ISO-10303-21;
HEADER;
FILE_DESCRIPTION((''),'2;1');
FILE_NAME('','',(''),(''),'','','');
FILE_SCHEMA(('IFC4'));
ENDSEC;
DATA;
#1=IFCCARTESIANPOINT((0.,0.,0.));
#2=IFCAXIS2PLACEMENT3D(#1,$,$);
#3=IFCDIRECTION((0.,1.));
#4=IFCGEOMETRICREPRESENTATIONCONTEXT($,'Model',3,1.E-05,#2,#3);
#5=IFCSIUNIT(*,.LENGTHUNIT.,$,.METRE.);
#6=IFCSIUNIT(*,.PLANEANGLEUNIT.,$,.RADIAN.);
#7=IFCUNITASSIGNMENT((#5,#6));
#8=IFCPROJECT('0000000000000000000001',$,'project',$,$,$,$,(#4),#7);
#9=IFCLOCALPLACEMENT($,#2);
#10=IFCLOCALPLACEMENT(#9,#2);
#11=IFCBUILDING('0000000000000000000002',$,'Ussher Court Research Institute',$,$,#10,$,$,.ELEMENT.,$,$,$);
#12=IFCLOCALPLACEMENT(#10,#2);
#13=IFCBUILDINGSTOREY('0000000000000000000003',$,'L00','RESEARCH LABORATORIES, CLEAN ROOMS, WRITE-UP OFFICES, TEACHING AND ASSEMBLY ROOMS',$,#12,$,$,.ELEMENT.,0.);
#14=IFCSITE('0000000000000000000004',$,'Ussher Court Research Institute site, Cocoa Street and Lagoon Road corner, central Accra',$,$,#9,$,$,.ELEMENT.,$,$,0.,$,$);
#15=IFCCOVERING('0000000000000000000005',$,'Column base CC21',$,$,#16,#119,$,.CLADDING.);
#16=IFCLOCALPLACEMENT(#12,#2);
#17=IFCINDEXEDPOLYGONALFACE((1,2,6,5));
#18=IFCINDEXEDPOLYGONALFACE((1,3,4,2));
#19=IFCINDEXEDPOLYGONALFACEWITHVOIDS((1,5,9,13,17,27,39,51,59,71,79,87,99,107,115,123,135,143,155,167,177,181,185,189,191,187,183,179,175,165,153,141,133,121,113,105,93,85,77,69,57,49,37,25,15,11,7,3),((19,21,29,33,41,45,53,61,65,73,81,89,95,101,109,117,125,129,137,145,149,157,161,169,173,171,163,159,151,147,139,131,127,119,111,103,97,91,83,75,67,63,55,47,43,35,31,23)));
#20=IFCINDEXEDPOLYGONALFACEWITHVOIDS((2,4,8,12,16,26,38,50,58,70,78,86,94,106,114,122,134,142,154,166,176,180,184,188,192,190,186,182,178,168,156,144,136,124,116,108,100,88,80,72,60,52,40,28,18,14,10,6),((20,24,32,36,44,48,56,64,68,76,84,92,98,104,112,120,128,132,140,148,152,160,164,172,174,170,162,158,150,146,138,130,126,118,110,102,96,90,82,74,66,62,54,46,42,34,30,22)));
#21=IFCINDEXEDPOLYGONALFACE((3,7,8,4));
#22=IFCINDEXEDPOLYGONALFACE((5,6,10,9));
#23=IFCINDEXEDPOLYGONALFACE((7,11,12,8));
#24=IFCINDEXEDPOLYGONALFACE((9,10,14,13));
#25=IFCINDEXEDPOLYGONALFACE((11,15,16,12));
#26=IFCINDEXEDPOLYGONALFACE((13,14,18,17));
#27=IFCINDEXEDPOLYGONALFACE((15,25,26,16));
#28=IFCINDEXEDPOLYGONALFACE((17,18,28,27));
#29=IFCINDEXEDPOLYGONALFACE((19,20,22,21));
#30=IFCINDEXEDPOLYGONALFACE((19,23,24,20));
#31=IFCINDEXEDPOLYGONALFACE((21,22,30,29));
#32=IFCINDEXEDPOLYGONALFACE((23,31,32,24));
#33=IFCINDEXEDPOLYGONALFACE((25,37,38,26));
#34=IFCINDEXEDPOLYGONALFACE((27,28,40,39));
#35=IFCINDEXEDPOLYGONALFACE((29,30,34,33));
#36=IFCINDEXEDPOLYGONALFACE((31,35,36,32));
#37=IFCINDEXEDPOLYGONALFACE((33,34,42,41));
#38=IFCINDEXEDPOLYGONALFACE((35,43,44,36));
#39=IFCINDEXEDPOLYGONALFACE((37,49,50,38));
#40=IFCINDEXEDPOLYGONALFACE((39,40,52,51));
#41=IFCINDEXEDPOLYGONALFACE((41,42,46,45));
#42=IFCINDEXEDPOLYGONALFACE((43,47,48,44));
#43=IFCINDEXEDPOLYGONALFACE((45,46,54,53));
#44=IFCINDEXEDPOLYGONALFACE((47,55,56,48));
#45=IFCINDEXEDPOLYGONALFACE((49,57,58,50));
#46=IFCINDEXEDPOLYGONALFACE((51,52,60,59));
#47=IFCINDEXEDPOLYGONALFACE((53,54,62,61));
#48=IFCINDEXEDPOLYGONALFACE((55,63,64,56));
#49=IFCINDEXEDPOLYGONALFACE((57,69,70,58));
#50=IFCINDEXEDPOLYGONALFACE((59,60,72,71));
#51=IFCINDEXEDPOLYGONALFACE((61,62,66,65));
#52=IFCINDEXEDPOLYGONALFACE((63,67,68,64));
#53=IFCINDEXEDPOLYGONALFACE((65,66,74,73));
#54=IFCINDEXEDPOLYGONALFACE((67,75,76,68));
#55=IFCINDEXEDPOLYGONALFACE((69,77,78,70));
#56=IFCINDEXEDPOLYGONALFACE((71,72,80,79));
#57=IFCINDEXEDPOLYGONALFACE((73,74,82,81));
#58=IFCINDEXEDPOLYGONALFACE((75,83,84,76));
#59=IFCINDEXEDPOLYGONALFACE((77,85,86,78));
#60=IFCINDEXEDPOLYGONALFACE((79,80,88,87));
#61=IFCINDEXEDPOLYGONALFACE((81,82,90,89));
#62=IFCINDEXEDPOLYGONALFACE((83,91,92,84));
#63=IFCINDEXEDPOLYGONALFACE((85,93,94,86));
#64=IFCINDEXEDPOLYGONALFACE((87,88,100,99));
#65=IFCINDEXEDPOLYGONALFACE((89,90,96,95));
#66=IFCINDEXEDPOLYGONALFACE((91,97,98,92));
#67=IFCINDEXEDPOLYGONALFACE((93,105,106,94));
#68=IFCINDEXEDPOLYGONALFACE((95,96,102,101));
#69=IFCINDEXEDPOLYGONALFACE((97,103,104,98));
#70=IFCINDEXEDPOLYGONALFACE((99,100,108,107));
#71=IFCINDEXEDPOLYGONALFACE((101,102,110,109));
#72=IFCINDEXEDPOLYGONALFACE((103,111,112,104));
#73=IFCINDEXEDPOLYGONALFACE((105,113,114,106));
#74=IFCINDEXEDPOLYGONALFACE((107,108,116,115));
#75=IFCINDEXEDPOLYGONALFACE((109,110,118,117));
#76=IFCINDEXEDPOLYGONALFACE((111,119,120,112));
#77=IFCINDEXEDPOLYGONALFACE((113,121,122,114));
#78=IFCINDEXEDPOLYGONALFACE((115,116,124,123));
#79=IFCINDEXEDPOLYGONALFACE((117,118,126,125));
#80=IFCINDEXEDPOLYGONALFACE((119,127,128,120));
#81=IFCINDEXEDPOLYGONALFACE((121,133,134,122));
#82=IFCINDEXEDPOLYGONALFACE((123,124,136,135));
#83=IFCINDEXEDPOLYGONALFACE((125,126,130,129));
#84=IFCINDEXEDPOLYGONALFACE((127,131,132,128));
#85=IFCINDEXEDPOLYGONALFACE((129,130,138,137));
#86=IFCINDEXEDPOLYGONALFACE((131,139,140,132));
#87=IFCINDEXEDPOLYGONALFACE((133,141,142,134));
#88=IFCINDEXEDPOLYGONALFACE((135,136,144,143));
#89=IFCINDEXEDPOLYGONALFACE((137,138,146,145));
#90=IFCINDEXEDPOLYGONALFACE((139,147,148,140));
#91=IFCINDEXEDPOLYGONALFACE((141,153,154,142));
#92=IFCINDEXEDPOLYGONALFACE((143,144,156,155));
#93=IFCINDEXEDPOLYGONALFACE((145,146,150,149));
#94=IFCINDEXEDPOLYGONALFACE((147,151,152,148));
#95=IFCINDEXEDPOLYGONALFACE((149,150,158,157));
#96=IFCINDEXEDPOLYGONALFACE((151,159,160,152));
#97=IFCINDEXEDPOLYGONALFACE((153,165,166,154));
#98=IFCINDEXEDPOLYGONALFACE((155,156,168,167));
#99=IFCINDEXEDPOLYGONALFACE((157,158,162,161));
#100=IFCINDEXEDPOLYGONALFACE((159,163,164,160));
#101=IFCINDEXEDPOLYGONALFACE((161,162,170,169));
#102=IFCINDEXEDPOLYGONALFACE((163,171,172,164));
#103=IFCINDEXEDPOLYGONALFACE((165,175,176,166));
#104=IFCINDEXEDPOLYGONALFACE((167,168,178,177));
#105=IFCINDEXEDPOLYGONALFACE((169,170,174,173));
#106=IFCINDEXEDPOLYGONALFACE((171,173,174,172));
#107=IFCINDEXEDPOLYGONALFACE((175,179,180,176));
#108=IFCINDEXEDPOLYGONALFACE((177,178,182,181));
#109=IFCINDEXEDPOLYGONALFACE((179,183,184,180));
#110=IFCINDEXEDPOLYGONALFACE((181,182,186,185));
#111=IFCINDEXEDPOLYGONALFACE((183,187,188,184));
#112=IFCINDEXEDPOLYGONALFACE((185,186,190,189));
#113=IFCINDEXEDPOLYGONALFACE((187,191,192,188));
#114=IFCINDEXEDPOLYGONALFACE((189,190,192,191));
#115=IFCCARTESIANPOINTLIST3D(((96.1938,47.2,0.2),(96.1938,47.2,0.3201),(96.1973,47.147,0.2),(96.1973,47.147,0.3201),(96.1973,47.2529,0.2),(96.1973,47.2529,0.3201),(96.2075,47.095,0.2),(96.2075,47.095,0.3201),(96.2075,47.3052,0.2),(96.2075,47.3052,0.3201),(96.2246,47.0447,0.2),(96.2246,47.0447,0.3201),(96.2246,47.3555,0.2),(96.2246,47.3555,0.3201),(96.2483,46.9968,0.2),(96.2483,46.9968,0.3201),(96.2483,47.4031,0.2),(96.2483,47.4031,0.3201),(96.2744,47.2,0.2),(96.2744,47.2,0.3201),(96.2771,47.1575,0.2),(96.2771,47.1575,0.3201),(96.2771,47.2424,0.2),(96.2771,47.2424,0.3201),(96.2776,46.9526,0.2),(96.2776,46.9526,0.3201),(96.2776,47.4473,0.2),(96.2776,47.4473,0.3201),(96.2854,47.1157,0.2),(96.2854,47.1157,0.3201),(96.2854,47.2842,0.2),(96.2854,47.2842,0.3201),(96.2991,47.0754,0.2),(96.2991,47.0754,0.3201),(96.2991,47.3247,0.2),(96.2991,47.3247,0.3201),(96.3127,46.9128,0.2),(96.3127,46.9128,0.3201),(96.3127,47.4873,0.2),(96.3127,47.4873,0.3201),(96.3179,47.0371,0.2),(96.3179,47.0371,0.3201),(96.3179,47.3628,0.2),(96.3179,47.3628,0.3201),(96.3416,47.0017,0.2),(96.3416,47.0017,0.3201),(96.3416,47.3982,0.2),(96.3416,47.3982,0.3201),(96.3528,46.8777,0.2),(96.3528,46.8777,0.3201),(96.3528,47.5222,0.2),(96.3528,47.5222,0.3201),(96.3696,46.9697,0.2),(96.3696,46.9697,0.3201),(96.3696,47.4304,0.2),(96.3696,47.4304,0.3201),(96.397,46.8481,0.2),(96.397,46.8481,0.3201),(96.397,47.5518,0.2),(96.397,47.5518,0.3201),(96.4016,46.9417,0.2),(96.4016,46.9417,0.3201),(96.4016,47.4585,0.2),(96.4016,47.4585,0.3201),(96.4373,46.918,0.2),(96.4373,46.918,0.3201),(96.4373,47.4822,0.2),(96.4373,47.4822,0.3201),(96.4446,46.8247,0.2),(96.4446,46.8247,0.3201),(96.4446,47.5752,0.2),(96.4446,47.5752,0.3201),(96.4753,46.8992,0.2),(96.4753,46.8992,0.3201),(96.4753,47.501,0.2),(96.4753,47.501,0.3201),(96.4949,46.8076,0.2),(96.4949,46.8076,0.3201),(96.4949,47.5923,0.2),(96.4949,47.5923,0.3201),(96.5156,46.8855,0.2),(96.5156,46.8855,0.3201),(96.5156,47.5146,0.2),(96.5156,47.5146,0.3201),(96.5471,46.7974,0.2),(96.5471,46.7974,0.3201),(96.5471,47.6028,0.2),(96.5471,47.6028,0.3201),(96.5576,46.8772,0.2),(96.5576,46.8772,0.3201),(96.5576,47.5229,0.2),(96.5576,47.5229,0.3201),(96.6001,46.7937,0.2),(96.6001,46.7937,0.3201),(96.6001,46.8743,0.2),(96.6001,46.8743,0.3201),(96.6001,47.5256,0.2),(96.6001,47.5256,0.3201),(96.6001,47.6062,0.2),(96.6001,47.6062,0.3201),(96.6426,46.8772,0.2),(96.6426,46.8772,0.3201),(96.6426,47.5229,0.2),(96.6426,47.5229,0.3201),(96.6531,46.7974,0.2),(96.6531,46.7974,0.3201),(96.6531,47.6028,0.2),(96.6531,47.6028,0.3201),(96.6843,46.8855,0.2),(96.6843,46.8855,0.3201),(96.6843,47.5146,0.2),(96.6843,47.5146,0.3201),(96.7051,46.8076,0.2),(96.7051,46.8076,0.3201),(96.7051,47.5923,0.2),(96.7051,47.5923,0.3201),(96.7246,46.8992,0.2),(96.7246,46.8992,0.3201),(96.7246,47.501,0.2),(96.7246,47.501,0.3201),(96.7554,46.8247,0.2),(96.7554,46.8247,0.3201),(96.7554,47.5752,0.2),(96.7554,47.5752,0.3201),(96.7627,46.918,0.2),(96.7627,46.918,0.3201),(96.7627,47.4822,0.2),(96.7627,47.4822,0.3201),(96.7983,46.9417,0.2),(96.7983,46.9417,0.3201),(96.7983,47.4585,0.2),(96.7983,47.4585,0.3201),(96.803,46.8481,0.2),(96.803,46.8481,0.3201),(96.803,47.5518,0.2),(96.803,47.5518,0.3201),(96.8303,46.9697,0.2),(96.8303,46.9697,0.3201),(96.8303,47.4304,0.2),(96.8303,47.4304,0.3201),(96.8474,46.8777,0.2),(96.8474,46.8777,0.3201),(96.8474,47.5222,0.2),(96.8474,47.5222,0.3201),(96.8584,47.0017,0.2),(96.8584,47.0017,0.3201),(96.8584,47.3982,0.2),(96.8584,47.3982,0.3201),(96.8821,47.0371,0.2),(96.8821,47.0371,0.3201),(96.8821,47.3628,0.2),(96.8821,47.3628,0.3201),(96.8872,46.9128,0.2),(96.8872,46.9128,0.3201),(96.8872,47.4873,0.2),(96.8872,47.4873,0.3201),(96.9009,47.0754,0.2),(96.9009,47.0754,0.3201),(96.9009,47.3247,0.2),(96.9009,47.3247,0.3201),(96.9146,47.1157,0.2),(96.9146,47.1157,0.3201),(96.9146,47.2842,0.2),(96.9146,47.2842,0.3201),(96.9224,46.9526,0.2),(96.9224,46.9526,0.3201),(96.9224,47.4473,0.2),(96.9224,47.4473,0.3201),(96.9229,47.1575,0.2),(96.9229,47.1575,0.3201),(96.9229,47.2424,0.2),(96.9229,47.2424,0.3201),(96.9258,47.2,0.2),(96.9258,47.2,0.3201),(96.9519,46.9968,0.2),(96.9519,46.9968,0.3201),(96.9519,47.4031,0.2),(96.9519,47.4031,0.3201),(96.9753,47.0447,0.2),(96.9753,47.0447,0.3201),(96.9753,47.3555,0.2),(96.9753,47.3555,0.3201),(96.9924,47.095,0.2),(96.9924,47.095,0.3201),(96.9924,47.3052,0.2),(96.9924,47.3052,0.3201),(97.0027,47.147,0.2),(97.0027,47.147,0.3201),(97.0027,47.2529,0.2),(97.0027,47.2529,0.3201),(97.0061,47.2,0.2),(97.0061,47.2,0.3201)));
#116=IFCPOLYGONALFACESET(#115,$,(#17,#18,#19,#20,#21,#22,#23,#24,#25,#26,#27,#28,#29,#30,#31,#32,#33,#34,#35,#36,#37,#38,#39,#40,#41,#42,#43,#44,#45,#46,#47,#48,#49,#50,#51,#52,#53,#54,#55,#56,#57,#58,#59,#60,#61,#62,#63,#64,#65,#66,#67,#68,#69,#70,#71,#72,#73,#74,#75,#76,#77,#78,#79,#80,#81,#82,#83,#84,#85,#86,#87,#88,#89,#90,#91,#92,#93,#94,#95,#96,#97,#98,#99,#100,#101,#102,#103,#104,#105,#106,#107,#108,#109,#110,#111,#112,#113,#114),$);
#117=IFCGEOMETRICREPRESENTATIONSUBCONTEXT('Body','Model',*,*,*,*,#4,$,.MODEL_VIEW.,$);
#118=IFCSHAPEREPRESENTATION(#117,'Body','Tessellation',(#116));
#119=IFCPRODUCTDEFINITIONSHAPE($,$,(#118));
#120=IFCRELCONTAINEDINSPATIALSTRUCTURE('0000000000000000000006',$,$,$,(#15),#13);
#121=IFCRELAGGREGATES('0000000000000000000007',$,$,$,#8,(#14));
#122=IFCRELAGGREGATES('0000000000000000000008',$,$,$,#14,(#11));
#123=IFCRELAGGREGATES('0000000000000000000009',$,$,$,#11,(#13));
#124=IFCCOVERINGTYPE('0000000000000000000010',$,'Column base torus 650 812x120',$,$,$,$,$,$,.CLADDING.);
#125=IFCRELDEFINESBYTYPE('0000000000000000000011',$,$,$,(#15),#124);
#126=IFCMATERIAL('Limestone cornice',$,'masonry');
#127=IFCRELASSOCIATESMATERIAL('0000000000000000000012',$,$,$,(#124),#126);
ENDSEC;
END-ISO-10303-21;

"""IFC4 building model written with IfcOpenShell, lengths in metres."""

from ifc_helpers import new_model, si_unit, direction, frame, origin, place, context, subcontext, project, spatial, polyline, outline, extrude, material, type_object, element, save


model = new_model("IFC4")

# Units and contexts
model_context = context("Model", 3, precision=1e-05, world=origin(), true_north=direction((0.0, 1.0)))
body_context = subcontext(model_context, "Body", "Model", "MODEL_VIEW")
ifc_project = project(units=[si_unit("LENGTHUNIT", "METRE"), si_unit("PLANEANGLEUNIT", "RADIAN")], contexts=[model_context])

# Site, building, storey
site_placement = place(None, origin())
site = spatial("IfcSite", under=ifc_project, at=site_placement, Name="Ussher Court Research Institute site, Cocoa Street and Lagoon Road corner, central Accra", CompositionType="ELEMENT", RefElevation=0.0)
building_placement = place(site_placement, origin())
building = spatial("IfcBuilding", under=site, at=building_placement, Name="Ussher Court Research Institute", CompositionType="ELEMENT")
storey_placement = place(building_placement, origin())
storey = spatial("IfcBuildingStorey", under=building, at=storey_placement, Name="L00", Description="RESEARCH LABORATORIES, CLEAN ROOMS, WRITE-UP OFFICES, TEACHING AND ASSEMBLY ROOMS", CompositionType="ELEMENT", Elevation=0.0)

# Covering
ifc_material_1 = material(Name="Limestone cornice", Category="masonry")
covering_type_1 = type_object("IfcCoveringType", Name="Column base torus 650 812x120", PredefinedType="CLADDING", material=ifc_material_1)
covering_1_placement = place(storey_placement, frame((0.0, 0.0, 0.2)))
element("IfcCovering", 1, at=covering_1_placement, inside=storey, type_object=covering_type_1, Name="Column base CC21", PredefinedType="CLADDING", context=body_context, shape_type="SweptSolid", body=[
    extrude(outline(polyline([(97.0061, 47.2), (97.0027, 47.2529), (96.9924, 47.3052), (96.9753, 47.3555), (96.9519, 47.4031), (96.9224, 47.4473), (96.8872, 47.4873), (96.8474, 47.5222), (96.803, 47.5518), (96.7554, 47.5752), (96.7051, 47.5923), (96.6531, 47.6028), (96.6001, 47.6062), (96.5471, 47.6028), (96.4949, 47.5923), (96.4446, 47.5752), (96.397, 47.5518), (96.3528, 47.5222), (96.3127, 47.4873), (96.2776, 47.4473), (96.2483, 47.4031), (96.2246, 47.3555), (96.2075, 47.3052), (96.1973, 47.2529), (96.1938, 47.2), (96.1973, 47.147), (96.2075, 47.095), (96.2246, 47.0447), (96.2483, 46.9968), (96.2776, 46.9526), (96.3127, 46.9128), (96.3528, 46.8777), (96.397, 46.8481), (96.4446, 46.8247), (96.4949, 46.8076), (96.5471, 46.7974), (96.6001, 46.7937), (96.6531, 46.7974), (96.7051, 46.8076), (96.7554, 46.8247), (96.803, 46.8481), (96.8474, 46.8777), (96.8872, 46.9128), (96.9224, 46.9526), (96.9519, 46.9968), (96.9753, 47.0447), (96.9924, 47.095), (97.0027, 47.147), (97.0061, 47.2)]), holes=[polyline([(96.9258, 47.2), (96.9229, 47.2424), (96.9146, 47.2842), (96.9009, 47.3247), (96.8821, 47.3628), (96.8584, 47.3982), (96.8303, 47.4304), (96.7983, 47.4585), (96.7627, 47.4822), (96.7246, 47.501), (96.6843, 47.5146), (96.6426, 47.5229), (96.6001, 47.5256), (96.5576, 47.5229), (96.5156, 47.5146), (96.4753, 47.501), (96.4373, 47.4822), (96.4016, 47.4585), (96.3696, 47.4304), (96.3416, 47.3982), (96.3179, 47.3628), (96.2991, 47.3247), (96.2854, 47.2842), (96.2771, 47.2424), (96.2744, 47.2), (96.2771, 47.1575), (96.2854, 47.1157), (96.2991, 47.0754), (96.3179, 47.0371), (96.3416, 47.0017), (96.3696, 46.9697), (96.4016, 46.9417), (96.4373, 46.918), (96.4753, 46.8992), (96.5156, 46.8855), (96.5576, 46.8772), (96.6001, 46.8743), (96.6426, 46.8772), (96.6843, 46.8855), (96.7246, 46.8992), (96.7627, 46.918), (96.7983, 46.9417), (96.8303, 46.9697), (96.8584, 47.0017), (96.8821, 47.0371), (96.9009, 47.0754), (96.9146, 47.1157), (96.9229, 47.1575), (96.9258, 47.2)])]), origin(), (0.0, 0.0, 1.0), 0.1201),
])

save(model, "model.ifc")
